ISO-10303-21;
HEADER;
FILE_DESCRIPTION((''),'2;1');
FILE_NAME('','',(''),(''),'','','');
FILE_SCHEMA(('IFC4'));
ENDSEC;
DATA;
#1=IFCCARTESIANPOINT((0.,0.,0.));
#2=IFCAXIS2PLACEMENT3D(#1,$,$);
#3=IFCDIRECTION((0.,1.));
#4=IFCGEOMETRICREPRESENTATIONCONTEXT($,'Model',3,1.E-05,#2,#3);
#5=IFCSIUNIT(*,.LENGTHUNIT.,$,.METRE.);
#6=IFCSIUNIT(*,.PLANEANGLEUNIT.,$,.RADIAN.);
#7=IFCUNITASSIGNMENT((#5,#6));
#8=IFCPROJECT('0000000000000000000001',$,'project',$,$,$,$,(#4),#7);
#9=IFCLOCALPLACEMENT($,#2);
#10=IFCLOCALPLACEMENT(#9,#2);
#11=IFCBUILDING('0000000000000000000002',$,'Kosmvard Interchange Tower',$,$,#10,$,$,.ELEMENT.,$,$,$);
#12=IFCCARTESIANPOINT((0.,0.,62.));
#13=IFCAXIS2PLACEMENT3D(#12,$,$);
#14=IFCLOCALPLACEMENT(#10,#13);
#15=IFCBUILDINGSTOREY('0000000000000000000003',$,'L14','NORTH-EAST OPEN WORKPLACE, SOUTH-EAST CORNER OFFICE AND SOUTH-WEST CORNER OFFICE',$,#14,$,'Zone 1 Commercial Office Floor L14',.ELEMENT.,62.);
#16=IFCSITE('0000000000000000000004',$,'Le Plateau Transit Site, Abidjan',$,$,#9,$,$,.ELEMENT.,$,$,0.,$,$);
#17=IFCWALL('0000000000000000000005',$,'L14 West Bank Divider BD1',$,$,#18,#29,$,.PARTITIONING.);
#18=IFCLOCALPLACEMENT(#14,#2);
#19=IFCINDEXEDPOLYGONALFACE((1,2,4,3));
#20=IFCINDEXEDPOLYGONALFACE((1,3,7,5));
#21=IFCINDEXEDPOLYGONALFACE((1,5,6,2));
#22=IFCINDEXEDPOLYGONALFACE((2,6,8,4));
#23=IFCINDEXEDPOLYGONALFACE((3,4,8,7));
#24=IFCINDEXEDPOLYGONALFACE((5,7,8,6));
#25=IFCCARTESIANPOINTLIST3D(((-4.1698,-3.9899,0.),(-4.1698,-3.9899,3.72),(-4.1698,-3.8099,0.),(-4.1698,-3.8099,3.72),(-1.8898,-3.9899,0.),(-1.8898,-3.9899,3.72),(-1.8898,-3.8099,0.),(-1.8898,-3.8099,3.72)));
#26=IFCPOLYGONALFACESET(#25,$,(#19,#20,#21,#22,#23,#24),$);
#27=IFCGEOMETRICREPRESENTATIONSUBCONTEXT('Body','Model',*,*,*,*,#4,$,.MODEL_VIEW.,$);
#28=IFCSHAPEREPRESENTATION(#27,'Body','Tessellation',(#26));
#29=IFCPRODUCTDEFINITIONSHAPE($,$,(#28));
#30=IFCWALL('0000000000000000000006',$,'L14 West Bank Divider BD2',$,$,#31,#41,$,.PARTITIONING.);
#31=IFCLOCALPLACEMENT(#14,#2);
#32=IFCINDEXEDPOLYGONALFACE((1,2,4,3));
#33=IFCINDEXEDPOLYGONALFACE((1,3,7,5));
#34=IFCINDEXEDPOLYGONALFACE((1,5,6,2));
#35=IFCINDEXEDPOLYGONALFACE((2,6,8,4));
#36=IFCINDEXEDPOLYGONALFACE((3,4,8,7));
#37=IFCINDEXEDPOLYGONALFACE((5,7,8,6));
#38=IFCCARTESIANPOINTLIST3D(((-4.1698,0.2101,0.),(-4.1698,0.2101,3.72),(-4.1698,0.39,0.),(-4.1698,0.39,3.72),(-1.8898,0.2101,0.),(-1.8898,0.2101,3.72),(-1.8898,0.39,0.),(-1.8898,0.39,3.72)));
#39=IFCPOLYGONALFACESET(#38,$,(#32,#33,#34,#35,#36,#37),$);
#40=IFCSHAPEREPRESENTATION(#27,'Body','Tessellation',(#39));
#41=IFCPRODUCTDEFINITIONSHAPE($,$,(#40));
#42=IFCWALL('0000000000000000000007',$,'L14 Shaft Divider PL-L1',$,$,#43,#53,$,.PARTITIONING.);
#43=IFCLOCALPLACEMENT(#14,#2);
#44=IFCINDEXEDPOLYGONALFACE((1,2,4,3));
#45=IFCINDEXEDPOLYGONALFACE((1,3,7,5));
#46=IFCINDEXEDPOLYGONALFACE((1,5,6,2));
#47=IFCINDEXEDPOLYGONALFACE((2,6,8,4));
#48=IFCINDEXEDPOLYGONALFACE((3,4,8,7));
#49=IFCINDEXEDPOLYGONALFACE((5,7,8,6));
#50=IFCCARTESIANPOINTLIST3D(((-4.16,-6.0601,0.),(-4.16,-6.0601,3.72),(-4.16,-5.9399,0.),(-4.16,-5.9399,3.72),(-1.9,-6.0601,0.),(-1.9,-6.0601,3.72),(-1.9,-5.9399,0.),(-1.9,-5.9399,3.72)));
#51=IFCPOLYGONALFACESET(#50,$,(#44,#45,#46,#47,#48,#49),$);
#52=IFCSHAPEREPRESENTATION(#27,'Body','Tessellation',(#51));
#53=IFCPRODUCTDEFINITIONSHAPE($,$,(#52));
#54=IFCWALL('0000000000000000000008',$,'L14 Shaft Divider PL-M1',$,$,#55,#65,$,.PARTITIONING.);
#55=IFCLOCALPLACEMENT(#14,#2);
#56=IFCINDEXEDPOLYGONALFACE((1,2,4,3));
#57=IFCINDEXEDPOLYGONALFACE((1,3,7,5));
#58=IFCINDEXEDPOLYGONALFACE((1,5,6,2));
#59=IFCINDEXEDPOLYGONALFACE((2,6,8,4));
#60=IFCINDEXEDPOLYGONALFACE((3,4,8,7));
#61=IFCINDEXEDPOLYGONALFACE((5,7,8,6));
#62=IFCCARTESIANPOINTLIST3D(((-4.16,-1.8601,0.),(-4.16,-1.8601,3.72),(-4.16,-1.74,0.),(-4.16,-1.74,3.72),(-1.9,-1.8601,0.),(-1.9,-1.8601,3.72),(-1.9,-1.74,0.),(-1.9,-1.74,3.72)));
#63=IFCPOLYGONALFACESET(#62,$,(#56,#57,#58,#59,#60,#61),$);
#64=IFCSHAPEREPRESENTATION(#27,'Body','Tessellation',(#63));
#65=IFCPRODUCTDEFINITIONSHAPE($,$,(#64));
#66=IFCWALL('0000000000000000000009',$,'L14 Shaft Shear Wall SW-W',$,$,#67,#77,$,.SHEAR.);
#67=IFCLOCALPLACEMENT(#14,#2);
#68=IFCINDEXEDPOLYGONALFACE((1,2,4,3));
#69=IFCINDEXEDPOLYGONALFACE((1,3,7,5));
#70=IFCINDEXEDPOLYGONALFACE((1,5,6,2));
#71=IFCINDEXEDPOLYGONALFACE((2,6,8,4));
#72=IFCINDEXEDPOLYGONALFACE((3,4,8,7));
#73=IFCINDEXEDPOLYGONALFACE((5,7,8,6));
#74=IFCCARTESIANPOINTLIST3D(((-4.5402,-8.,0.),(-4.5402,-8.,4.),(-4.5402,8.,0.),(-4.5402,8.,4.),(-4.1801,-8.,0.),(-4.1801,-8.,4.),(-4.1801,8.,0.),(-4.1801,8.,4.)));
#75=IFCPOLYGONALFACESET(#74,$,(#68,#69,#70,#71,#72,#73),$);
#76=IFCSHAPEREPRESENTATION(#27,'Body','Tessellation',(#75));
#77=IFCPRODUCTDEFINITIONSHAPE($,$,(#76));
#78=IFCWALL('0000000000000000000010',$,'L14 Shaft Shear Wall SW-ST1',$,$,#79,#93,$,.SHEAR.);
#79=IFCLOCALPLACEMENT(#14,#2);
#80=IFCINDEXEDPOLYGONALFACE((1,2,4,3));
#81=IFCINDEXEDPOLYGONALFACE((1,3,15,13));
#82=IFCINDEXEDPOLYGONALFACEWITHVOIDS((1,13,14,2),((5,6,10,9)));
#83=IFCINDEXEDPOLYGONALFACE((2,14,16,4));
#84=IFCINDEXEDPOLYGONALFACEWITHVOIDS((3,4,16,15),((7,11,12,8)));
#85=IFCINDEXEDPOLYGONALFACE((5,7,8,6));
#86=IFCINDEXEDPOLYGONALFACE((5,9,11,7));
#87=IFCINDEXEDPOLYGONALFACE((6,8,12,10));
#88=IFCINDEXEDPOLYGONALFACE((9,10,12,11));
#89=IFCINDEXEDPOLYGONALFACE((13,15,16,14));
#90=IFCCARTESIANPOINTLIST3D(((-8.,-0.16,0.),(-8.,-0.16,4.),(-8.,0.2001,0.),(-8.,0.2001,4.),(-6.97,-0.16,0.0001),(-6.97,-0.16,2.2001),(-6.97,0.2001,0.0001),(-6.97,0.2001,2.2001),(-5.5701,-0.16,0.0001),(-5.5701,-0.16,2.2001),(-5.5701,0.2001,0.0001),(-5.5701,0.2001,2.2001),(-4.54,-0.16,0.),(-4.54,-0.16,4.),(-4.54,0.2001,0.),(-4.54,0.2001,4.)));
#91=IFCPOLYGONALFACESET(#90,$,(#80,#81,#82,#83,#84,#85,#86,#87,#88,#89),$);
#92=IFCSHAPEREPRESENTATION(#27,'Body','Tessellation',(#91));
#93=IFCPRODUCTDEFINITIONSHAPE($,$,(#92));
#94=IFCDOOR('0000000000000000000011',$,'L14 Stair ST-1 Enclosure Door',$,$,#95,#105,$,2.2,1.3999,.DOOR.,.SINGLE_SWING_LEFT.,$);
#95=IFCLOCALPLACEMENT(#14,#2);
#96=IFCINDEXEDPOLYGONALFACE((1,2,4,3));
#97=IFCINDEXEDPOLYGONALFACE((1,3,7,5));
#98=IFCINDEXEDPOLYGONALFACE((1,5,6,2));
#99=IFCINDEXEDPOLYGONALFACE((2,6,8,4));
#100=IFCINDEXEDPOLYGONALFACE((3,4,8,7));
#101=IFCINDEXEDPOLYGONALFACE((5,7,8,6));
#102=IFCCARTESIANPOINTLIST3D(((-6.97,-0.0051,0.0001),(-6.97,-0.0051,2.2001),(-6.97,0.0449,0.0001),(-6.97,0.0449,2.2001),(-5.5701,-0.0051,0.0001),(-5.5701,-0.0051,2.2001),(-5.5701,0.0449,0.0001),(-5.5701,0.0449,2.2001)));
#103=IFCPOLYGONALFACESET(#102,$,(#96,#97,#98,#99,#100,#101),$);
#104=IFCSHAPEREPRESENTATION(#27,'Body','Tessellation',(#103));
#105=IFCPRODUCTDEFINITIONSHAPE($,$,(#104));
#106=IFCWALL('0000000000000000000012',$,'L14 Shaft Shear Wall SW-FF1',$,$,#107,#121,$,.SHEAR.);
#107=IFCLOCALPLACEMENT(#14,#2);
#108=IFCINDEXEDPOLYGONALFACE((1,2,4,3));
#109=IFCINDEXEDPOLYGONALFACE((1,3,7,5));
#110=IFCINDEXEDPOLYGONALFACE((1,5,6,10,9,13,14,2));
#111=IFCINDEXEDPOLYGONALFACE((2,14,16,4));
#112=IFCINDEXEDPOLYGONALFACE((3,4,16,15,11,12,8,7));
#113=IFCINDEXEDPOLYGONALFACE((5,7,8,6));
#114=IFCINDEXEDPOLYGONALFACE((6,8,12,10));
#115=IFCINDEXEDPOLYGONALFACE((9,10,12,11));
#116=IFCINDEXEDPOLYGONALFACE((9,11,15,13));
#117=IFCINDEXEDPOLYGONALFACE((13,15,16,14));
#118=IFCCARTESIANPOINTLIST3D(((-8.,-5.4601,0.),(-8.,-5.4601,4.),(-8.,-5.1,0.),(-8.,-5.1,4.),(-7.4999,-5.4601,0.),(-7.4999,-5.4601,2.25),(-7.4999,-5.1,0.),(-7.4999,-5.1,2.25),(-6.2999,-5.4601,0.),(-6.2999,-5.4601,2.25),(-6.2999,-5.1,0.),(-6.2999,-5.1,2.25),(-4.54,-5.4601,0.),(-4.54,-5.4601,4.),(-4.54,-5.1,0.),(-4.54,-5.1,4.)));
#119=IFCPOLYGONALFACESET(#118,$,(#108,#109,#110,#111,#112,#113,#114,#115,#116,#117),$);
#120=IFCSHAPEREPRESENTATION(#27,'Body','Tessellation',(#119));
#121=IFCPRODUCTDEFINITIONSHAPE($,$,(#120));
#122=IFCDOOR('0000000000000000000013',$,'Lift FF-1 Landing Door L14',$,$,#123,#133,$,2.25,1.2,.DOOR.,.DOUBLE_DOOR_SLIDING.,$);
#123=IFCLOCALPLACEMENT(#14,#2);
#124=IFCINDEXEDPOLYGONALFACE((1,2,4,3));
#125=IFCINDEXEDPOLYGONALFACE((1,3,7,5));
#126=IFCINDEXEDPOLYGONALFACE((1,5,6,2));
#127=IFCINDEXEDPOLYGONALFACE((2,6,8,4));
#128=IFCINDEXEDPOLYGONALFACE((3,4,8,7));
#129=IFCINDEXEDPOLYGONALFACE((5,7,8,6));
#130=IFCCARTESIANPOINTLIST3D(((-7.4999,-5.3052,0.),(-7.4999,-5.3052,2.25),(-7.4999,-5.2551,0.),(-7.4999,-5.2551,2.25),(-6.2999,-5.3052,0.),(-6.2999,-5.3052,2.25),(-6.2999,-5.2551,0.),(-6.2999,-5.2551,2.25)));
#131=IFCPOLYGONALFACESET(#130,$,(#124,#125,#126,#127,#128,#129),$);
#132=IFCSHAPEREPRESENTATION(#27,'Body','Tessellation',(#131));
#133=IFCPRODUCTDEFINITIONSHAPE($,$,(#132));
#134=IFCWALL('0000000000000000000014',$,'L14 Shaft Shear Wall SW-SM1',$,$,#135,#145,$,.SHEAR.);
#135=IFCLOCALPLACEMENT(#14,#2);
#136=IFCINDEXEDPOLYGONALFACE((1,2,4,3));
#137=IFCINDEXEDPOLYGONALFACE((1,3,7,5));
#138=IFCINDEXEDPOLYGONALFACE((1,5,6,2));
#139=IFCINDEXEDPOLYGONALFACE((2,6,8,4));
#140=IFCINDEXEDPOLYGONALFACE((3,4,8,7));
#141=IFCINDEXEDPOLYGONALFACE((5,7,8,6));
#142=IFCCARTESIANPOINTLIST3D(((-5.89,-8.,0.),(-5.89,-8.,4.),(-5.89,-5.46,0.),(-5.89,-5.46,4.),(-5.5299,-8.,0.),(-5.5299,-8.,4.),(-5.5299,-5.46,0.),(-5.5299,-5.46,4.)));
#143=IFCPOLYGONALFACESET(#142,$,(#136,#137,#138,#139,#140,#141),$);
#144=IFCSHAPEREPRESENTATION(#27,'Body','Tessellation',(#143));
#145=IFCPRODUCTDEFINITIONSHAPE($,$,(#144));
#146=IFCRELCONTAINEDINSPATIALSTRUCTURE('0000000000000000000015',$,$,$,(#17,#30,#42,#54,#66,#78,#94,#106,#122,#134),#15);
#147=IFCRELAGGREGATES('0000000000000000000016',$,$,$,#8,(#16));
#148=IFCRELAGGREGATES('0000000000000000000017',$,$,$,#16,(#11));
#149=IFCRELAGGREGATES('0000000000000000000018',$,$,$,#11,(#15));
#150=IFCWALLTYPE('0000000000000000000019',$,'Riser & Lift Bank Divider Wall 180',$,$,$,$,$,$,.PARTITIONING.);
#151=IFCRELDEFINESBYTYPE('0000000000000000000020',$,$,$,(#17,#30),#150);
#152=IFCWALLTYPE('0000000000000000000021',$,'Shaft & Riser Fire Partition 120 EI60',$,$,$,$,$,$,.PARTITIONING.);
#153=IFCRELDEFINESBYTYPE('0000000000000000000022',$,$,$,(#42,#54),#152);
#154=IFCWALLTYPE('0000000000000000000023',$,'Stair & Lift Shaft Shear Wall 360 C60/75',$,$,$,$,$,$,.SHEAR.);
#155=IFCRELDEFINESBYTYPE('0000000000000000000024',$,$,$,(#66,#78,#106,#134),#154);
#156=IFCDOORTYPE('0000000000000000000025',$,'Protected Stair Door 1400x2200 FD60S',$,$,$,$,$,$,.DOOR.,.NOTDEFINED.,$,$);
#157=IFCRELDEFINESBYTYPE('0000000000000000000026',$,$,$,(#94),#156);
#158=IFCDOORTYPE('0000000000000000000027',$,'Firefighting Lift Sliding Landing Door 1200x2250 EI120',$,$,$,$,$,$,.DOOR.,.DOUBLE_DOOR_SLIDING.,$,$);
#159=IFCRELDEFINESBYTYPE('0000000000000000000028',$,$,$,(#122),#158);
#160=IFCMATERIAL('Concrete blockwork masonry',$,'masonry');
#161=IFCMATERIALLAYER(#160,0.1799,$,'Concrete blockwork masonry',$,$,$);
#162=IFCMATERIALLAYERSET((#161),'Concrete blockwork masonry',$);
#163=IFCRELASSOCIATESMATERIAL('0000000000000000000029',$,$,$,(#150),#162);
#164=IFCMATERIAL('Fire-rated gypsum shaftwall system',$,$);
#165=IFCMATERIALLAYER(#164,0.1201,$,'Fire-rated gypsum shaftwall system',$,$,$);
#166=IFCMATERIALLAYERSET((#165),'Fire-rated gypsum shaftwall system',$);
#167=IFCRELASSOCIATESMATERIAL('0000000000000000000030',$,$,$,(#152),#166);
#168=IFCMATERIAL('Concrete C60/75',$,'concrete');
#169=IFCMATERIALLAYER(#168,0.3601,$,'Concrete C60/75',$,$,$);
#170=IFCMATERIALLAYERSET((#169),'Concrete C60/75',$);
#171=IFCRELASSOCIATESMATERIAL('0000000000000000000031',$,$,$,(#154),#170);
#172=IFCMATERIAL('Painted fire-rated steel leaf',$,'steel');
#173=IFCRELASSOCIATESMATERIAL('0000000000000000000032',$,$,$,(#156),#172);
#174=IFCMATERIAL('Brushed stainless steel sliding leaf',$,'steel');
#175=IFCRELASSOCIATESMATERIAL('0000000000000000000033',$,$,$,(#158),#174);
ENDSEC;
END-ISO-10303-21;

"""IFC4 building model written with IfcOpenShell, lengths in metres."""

from ifc_helpers import new_model, si_unit, direction, frame, frame_2d, origin, place, context, subcontext, project, spatial, rectangle, extrude, source, transform, mapped, material, layer, layer_set, type_object, element, fill, save


model = new_model("IFC4")

# Units and contexts
model_context = context("Model", 3, precision=1e-05, world=origin(), true_north=direction((0.0, 1.0)))
body_context = subcontext(model_context, "Body", "Model", "MODEL_VIEW")
ifc_project = project(units=[si_unit("LENGTHUNIT", "METRE"), si_unit("PLANEANGLEUNIT", "RADIAN")], contexts=[model_context])

# Site, building, storey
site_placement = place(None, origin())
site = spatial("IfcSite", under=ifc_project, at=site_placement, Name="Le Plateau Transit Site, Abidjan", CompositionType="ELEMENT", RefElevation=0.0)
building_placement = place(site_placement, origin())
building = spatial("IfcBuilding", under=site, at=building_placement, Name="Kosmvard Interchange Tower", CompositionType="ELEMENT")
storey_placement = place(building_placement, frame((0.0, 0.0, 62.0)))
storey = spatial("IfcBuildingStorey", under=building, at=storey_placement, Name="L14", Description="NORTH-EAST OPEN WORKPLACE, SOUTH-EAST CORNER OFFICE AND SOUTH-WEST CORNER OFFICE", LongName="Zone 1 Commercial Office Floor L14", CompositionType="ELEMENT", Elevation=62.0)

# Shared definitions
ifc_material_1 = material(Name="Brushed stainless steel sliding leaf", Category="steel")

# Walls
ifc_material_2 = material(Name="Concrete blockwork masonry", Category="masonry")
ifc_layer_1 = layer(ifc_material_2, 0.1799, Name="Concrete blockwork masonry")
ifc_layer_set_1 = layer_set([ifc_layer_1], Name="Concrete blockwork masonry")
wall_type_1 = type_object("IfcWallType", Name="Riser & Lift Bank Divider Wall 180", PredefinedType="PARTITIONING", material=ifc_layer_set_1)
for number, where, z_axis, x_axis, name in (
    (1, (-4.1699, -3.8999, 0.0), (0.0, 0.0, 1.0), (1.0, 0.0, 0.0), "L14 West Bank Divider BD1"),
    (2, (-4.1699, 0.3, 0.0), (0.0, 0.0, 1.0), (1.0, 0.0, 0.0), "L14 West Bank Divider BD2"),
):
    element("IfcWall", number, at=place(storey_placement, frame(where, z_axis=z_axis, x_axis=x_axis)), inside=storey, type_object=wall_type_1, Name=name, PredefinedType="PARTITIONING", context=body_context, shape_type="SweptSolid", body=[
        extrude(rectangle(XDim=2.28, YDim=0.1799, at=frame_2d((1.1401, 0.0))), origin(), (0.0, 0.0, 1.0), 3.72),
    ])
ifc_material_3 = material(Name="Fire-rated gypsum shaftwall system")
ifc_layer_2 = layer(ifc_material_3, 0.1201, Name="Fire-rated gypsum shaftwall system")
ifc_layer_set_2 = layer_set([ifc_layer_2], Name="Fire-rated gypsum shaftwall system")
wall_type_2 = type_object("IfcWallType", Name="Shaft & Riser Fire Partition 120 EI60", PredefinedType="PARTITIONING", material=ifc_layer_set_2)
for number, where, z_axis, x_axis, name in (
    (3, (-4.1599, -6.0, 0.0), (0.0, 0.0, 1.0), (1.0, 0.0, 0.0), "L14 Shaft Divider PL-L1"),
    (4, (-4.1599, -1.8, 0.0), (0.0, 0.0, 1.0), (1.0, 0.0, 0.0), "L14 Shaft Divider PL-M1"),
):
    element("IfcWall", number, at=place(storey_placement, frame(where, z_axis=z_axis, x_axis=x_axis)), inside=storey, type_object=wall_type_2, Name=name, PredefinedType="PARTITIONING", context=body_context, shape_type="SweptSolid", body=[
        extrude(rectangle(XDim=2.26, YDim=0.1201, at=frame_2d((1.1299, 0.0))), origin(), (0.0, 0.0, 1.0), 3.72),
    ])
ifc_material_4 = material(Name="Concrete C60/75", Category="concrete")
ifc_layer_3 = layer(ifc_material_4, 0.3601, Name="Concrete C60/75")
ifc_layer_set_3 = layer_set([ifc_layer_3], Name="Concrete C60/75")
wall_type_3 = type_object("IfcWallType", Name="Stair & Lift Shaft Shear Wall 360 C60/75", PredefinedType="SHEAR", material=ifc_layer_set_3)
wall_1_placement = place(storey_placement, frame((-4.3601, -8.0, 0.0), z_axis=(0.0, 0.0, 1.0), x_axis=(0.0, 1.0, 0.0)))
element("IfcWall", 5, at=wall_1_placement, inside=storey, type_object=wall_type_3, Name="L14 Shaft Shear Wall SW-W", PredefinedType="SHEAR", context=body_context, shape_type="SweptSolid", body=[
    extrude(rectangle(XDim=16.0, YDim=0.3601, at=frame_2d((8.0, 0.0))), origin(), (0.0, 0.0, 1.0), 4.0),
])

# Walls, openings, doors
wall_2_placement = place(storey_placement, frame((-8.0, 0.02, 0.0), z_axis=(0.0, 0.0, 1.0), x_axis=(1.0, 0.0, 0.0)))
wall_2 = element("IfcWall", 6, at=wall_2_placement, inside=storey, type_object=wall_type_3, Name="L14 Shaft Shear Wall SW-ST1", PredefinedType="SHEAR", context=body_context, shape_type="SweptSolid", body=[
    extrude(rectangle(XDim=3.46, YDim=0.3601, at=frame_2d((1.73, 0.0))), origin(), (0.0, 0.0, 1.0), 4.0),
])
opening_1_placement = place(wall_2_placement, frame((1.03, 0.0, 0.0)))
opening_1 = element("IfcOpeningElement", 7, at=opening_1_placement, cuts=wall_2, PredefinedType="OPENING", context=body_context, shape_type="SweptSolid", body=[
    extrude(rectangle(XDim=1.3999, YDim=2.2, at=frame_2d((0.7, 1.1001))), frame((0.0, 0.1899, 0.0), z_axis=(0.0, -1.0, 0.0), x_axis=(1.0, 0.0, 0.0)), (0.0, 0.0, 1.0), 0.3801),
])
ifc_material_5 = material(Name="Painted fire-rated steel leaf", Category="steel")
door_type_1 = type_object("IfcDoorType", Name="Protected Stair Door 1400x2200 FD60S", OperationType="NOTDEFINED", PredefinedType="DOOR", material=ifc_material_5)
shared_shape_1 = source(origin(), body_context, "Body", "SweptSolid", [
    extrude(rectangle(XDim=1.3999, YDim=2.2, at=frame_2d((0.7, 1.1001))), frame((0.0, 0.0249, 0.0), z_axis=(0.0, -1.0, 0.0), x_axis=(1.0, 0.0, 0.0)), (0.0, 0.0, 1.0), 0.05),
])
door_1_placement = place(opening_1_placement, origin())
door_1 = element("IfcDoor", 8, at=door_1_placement, inside=storey, type_object=door_type_1, Name="L14 Stair ST-1 Enclosure Door", OperationType="SINGLE_SWING_LEFT", OverallHeight=2.2, OverallWidth=1.3999, PredefinedType="DOOR", context=body_context, shape_type="MappedRepresentation", body=[
    mapped(shared_shape_1, transform((0.0, 0.0, 0.0), scale=1.0)),
])
fill(opening_1, door_1)
wall_3_placement = place(storey_placement, frame((-8.0, -5.28, 0.0), z_axis=(0.0, 0.0, 1.0), x_axis=(1.0, 0.0, 0.0)))
wall_3 = element("IfcWall", 9, at=wall_3_placement, inside=storey, type_object=wall_type_3, Name="L14 Shaft Shear Wall SW-FF1", PredefinedType="SHEAR", context=body_context, shape_type="SweptSolid", body=[
    extrude(rectangle(XDim=3.46, YDim=0.3601, at=frame_2d((1.73, 0.0))), origin(), (0.0, 0.0, 1.0), 4.0),
])
opening_2_placement = place(wall_3_placement, frame((0.5, 0.0, 0.0)))
opening_2 = element("IfcOpeningElement", 10, at=opening_2_placement, cuts=wall_3, PredefinedType="OPENING", context=body_context, shape_type="SweptSolid", body=[
    extrude(rectangle(XDim=1.2, YDim=2.25, at=frame_2d((0.6001, 1.125))), frame((0.0, 0.1899, 0.0), z_axis=(0.0, -1.0, 0.0), x_axis=(1.0, 0.0, 0.0)), (0.0, 0.0, 1.0), 0.3801),
])
door_type_2 = type_object("IfcDoorType", Name="Firefighting Lift Sliding Landing Door 1200x2250 EI120", OperationType="DOUBLE_DOOR_SLIDING", PredefinedType="DOOR", material=ifc_material_1)
shared_shape_2 = source(origin(), body_context, "Body", "SweptSolid", [
    extrude(rectangle(XDim=1.2, YDim=2.25, at=frame_2d((0.6001, 1.125))), frame((0.0, 0.0249, 0.0), z_axis=(0.0, -1.0, 0.0), x_axis=(1.0, 0.0, 0.0)), (0.0, 0.0, 1.0), 0.05),
])
door_2_placement = place(opening_2_placement, origin())
door_2 = element("IfcDoor", 11, at=door_2_placement, inside=storey, type_object=door_type_2, Name="Lift FF-1 Landing Door L14", OperationType="DOUBLE_DOOR_SLIDING", OverallHeight=2.25, OverallWidth=1.2, PredefinedType="DOOR", context=body_context, shape_type="MappedRepresentation", body=[
    mapped(shared_shape_2, transform((0.0, 0.0, 0.0), scale=1.0)),
])
fill(opening_2, door_2)

# Wall
wall_4_placement = place(storey_placement, frame((-5.71, -8.0, 0.0), z_axis=(0.0, 0.0, 1.0), x_axis=(0.0, 1.0, 0.0)))
element("IfcWall", 12, at=wall_4_placement, inside=storey, type_object=wall_type_3, Name="L14 Shaft Shear Wall SW-SM1", PredefinedType="SHEAR", context=body_context, shape_type="SweptSolid", body=[
    extrude(rectangle(XDim=2.54, YDim=0.3601, at=frame_2d((1.27, 0.0))), origin(), (0.0, 0.0, 1.0), 4.0),
])

save(model, "model.ifc")
